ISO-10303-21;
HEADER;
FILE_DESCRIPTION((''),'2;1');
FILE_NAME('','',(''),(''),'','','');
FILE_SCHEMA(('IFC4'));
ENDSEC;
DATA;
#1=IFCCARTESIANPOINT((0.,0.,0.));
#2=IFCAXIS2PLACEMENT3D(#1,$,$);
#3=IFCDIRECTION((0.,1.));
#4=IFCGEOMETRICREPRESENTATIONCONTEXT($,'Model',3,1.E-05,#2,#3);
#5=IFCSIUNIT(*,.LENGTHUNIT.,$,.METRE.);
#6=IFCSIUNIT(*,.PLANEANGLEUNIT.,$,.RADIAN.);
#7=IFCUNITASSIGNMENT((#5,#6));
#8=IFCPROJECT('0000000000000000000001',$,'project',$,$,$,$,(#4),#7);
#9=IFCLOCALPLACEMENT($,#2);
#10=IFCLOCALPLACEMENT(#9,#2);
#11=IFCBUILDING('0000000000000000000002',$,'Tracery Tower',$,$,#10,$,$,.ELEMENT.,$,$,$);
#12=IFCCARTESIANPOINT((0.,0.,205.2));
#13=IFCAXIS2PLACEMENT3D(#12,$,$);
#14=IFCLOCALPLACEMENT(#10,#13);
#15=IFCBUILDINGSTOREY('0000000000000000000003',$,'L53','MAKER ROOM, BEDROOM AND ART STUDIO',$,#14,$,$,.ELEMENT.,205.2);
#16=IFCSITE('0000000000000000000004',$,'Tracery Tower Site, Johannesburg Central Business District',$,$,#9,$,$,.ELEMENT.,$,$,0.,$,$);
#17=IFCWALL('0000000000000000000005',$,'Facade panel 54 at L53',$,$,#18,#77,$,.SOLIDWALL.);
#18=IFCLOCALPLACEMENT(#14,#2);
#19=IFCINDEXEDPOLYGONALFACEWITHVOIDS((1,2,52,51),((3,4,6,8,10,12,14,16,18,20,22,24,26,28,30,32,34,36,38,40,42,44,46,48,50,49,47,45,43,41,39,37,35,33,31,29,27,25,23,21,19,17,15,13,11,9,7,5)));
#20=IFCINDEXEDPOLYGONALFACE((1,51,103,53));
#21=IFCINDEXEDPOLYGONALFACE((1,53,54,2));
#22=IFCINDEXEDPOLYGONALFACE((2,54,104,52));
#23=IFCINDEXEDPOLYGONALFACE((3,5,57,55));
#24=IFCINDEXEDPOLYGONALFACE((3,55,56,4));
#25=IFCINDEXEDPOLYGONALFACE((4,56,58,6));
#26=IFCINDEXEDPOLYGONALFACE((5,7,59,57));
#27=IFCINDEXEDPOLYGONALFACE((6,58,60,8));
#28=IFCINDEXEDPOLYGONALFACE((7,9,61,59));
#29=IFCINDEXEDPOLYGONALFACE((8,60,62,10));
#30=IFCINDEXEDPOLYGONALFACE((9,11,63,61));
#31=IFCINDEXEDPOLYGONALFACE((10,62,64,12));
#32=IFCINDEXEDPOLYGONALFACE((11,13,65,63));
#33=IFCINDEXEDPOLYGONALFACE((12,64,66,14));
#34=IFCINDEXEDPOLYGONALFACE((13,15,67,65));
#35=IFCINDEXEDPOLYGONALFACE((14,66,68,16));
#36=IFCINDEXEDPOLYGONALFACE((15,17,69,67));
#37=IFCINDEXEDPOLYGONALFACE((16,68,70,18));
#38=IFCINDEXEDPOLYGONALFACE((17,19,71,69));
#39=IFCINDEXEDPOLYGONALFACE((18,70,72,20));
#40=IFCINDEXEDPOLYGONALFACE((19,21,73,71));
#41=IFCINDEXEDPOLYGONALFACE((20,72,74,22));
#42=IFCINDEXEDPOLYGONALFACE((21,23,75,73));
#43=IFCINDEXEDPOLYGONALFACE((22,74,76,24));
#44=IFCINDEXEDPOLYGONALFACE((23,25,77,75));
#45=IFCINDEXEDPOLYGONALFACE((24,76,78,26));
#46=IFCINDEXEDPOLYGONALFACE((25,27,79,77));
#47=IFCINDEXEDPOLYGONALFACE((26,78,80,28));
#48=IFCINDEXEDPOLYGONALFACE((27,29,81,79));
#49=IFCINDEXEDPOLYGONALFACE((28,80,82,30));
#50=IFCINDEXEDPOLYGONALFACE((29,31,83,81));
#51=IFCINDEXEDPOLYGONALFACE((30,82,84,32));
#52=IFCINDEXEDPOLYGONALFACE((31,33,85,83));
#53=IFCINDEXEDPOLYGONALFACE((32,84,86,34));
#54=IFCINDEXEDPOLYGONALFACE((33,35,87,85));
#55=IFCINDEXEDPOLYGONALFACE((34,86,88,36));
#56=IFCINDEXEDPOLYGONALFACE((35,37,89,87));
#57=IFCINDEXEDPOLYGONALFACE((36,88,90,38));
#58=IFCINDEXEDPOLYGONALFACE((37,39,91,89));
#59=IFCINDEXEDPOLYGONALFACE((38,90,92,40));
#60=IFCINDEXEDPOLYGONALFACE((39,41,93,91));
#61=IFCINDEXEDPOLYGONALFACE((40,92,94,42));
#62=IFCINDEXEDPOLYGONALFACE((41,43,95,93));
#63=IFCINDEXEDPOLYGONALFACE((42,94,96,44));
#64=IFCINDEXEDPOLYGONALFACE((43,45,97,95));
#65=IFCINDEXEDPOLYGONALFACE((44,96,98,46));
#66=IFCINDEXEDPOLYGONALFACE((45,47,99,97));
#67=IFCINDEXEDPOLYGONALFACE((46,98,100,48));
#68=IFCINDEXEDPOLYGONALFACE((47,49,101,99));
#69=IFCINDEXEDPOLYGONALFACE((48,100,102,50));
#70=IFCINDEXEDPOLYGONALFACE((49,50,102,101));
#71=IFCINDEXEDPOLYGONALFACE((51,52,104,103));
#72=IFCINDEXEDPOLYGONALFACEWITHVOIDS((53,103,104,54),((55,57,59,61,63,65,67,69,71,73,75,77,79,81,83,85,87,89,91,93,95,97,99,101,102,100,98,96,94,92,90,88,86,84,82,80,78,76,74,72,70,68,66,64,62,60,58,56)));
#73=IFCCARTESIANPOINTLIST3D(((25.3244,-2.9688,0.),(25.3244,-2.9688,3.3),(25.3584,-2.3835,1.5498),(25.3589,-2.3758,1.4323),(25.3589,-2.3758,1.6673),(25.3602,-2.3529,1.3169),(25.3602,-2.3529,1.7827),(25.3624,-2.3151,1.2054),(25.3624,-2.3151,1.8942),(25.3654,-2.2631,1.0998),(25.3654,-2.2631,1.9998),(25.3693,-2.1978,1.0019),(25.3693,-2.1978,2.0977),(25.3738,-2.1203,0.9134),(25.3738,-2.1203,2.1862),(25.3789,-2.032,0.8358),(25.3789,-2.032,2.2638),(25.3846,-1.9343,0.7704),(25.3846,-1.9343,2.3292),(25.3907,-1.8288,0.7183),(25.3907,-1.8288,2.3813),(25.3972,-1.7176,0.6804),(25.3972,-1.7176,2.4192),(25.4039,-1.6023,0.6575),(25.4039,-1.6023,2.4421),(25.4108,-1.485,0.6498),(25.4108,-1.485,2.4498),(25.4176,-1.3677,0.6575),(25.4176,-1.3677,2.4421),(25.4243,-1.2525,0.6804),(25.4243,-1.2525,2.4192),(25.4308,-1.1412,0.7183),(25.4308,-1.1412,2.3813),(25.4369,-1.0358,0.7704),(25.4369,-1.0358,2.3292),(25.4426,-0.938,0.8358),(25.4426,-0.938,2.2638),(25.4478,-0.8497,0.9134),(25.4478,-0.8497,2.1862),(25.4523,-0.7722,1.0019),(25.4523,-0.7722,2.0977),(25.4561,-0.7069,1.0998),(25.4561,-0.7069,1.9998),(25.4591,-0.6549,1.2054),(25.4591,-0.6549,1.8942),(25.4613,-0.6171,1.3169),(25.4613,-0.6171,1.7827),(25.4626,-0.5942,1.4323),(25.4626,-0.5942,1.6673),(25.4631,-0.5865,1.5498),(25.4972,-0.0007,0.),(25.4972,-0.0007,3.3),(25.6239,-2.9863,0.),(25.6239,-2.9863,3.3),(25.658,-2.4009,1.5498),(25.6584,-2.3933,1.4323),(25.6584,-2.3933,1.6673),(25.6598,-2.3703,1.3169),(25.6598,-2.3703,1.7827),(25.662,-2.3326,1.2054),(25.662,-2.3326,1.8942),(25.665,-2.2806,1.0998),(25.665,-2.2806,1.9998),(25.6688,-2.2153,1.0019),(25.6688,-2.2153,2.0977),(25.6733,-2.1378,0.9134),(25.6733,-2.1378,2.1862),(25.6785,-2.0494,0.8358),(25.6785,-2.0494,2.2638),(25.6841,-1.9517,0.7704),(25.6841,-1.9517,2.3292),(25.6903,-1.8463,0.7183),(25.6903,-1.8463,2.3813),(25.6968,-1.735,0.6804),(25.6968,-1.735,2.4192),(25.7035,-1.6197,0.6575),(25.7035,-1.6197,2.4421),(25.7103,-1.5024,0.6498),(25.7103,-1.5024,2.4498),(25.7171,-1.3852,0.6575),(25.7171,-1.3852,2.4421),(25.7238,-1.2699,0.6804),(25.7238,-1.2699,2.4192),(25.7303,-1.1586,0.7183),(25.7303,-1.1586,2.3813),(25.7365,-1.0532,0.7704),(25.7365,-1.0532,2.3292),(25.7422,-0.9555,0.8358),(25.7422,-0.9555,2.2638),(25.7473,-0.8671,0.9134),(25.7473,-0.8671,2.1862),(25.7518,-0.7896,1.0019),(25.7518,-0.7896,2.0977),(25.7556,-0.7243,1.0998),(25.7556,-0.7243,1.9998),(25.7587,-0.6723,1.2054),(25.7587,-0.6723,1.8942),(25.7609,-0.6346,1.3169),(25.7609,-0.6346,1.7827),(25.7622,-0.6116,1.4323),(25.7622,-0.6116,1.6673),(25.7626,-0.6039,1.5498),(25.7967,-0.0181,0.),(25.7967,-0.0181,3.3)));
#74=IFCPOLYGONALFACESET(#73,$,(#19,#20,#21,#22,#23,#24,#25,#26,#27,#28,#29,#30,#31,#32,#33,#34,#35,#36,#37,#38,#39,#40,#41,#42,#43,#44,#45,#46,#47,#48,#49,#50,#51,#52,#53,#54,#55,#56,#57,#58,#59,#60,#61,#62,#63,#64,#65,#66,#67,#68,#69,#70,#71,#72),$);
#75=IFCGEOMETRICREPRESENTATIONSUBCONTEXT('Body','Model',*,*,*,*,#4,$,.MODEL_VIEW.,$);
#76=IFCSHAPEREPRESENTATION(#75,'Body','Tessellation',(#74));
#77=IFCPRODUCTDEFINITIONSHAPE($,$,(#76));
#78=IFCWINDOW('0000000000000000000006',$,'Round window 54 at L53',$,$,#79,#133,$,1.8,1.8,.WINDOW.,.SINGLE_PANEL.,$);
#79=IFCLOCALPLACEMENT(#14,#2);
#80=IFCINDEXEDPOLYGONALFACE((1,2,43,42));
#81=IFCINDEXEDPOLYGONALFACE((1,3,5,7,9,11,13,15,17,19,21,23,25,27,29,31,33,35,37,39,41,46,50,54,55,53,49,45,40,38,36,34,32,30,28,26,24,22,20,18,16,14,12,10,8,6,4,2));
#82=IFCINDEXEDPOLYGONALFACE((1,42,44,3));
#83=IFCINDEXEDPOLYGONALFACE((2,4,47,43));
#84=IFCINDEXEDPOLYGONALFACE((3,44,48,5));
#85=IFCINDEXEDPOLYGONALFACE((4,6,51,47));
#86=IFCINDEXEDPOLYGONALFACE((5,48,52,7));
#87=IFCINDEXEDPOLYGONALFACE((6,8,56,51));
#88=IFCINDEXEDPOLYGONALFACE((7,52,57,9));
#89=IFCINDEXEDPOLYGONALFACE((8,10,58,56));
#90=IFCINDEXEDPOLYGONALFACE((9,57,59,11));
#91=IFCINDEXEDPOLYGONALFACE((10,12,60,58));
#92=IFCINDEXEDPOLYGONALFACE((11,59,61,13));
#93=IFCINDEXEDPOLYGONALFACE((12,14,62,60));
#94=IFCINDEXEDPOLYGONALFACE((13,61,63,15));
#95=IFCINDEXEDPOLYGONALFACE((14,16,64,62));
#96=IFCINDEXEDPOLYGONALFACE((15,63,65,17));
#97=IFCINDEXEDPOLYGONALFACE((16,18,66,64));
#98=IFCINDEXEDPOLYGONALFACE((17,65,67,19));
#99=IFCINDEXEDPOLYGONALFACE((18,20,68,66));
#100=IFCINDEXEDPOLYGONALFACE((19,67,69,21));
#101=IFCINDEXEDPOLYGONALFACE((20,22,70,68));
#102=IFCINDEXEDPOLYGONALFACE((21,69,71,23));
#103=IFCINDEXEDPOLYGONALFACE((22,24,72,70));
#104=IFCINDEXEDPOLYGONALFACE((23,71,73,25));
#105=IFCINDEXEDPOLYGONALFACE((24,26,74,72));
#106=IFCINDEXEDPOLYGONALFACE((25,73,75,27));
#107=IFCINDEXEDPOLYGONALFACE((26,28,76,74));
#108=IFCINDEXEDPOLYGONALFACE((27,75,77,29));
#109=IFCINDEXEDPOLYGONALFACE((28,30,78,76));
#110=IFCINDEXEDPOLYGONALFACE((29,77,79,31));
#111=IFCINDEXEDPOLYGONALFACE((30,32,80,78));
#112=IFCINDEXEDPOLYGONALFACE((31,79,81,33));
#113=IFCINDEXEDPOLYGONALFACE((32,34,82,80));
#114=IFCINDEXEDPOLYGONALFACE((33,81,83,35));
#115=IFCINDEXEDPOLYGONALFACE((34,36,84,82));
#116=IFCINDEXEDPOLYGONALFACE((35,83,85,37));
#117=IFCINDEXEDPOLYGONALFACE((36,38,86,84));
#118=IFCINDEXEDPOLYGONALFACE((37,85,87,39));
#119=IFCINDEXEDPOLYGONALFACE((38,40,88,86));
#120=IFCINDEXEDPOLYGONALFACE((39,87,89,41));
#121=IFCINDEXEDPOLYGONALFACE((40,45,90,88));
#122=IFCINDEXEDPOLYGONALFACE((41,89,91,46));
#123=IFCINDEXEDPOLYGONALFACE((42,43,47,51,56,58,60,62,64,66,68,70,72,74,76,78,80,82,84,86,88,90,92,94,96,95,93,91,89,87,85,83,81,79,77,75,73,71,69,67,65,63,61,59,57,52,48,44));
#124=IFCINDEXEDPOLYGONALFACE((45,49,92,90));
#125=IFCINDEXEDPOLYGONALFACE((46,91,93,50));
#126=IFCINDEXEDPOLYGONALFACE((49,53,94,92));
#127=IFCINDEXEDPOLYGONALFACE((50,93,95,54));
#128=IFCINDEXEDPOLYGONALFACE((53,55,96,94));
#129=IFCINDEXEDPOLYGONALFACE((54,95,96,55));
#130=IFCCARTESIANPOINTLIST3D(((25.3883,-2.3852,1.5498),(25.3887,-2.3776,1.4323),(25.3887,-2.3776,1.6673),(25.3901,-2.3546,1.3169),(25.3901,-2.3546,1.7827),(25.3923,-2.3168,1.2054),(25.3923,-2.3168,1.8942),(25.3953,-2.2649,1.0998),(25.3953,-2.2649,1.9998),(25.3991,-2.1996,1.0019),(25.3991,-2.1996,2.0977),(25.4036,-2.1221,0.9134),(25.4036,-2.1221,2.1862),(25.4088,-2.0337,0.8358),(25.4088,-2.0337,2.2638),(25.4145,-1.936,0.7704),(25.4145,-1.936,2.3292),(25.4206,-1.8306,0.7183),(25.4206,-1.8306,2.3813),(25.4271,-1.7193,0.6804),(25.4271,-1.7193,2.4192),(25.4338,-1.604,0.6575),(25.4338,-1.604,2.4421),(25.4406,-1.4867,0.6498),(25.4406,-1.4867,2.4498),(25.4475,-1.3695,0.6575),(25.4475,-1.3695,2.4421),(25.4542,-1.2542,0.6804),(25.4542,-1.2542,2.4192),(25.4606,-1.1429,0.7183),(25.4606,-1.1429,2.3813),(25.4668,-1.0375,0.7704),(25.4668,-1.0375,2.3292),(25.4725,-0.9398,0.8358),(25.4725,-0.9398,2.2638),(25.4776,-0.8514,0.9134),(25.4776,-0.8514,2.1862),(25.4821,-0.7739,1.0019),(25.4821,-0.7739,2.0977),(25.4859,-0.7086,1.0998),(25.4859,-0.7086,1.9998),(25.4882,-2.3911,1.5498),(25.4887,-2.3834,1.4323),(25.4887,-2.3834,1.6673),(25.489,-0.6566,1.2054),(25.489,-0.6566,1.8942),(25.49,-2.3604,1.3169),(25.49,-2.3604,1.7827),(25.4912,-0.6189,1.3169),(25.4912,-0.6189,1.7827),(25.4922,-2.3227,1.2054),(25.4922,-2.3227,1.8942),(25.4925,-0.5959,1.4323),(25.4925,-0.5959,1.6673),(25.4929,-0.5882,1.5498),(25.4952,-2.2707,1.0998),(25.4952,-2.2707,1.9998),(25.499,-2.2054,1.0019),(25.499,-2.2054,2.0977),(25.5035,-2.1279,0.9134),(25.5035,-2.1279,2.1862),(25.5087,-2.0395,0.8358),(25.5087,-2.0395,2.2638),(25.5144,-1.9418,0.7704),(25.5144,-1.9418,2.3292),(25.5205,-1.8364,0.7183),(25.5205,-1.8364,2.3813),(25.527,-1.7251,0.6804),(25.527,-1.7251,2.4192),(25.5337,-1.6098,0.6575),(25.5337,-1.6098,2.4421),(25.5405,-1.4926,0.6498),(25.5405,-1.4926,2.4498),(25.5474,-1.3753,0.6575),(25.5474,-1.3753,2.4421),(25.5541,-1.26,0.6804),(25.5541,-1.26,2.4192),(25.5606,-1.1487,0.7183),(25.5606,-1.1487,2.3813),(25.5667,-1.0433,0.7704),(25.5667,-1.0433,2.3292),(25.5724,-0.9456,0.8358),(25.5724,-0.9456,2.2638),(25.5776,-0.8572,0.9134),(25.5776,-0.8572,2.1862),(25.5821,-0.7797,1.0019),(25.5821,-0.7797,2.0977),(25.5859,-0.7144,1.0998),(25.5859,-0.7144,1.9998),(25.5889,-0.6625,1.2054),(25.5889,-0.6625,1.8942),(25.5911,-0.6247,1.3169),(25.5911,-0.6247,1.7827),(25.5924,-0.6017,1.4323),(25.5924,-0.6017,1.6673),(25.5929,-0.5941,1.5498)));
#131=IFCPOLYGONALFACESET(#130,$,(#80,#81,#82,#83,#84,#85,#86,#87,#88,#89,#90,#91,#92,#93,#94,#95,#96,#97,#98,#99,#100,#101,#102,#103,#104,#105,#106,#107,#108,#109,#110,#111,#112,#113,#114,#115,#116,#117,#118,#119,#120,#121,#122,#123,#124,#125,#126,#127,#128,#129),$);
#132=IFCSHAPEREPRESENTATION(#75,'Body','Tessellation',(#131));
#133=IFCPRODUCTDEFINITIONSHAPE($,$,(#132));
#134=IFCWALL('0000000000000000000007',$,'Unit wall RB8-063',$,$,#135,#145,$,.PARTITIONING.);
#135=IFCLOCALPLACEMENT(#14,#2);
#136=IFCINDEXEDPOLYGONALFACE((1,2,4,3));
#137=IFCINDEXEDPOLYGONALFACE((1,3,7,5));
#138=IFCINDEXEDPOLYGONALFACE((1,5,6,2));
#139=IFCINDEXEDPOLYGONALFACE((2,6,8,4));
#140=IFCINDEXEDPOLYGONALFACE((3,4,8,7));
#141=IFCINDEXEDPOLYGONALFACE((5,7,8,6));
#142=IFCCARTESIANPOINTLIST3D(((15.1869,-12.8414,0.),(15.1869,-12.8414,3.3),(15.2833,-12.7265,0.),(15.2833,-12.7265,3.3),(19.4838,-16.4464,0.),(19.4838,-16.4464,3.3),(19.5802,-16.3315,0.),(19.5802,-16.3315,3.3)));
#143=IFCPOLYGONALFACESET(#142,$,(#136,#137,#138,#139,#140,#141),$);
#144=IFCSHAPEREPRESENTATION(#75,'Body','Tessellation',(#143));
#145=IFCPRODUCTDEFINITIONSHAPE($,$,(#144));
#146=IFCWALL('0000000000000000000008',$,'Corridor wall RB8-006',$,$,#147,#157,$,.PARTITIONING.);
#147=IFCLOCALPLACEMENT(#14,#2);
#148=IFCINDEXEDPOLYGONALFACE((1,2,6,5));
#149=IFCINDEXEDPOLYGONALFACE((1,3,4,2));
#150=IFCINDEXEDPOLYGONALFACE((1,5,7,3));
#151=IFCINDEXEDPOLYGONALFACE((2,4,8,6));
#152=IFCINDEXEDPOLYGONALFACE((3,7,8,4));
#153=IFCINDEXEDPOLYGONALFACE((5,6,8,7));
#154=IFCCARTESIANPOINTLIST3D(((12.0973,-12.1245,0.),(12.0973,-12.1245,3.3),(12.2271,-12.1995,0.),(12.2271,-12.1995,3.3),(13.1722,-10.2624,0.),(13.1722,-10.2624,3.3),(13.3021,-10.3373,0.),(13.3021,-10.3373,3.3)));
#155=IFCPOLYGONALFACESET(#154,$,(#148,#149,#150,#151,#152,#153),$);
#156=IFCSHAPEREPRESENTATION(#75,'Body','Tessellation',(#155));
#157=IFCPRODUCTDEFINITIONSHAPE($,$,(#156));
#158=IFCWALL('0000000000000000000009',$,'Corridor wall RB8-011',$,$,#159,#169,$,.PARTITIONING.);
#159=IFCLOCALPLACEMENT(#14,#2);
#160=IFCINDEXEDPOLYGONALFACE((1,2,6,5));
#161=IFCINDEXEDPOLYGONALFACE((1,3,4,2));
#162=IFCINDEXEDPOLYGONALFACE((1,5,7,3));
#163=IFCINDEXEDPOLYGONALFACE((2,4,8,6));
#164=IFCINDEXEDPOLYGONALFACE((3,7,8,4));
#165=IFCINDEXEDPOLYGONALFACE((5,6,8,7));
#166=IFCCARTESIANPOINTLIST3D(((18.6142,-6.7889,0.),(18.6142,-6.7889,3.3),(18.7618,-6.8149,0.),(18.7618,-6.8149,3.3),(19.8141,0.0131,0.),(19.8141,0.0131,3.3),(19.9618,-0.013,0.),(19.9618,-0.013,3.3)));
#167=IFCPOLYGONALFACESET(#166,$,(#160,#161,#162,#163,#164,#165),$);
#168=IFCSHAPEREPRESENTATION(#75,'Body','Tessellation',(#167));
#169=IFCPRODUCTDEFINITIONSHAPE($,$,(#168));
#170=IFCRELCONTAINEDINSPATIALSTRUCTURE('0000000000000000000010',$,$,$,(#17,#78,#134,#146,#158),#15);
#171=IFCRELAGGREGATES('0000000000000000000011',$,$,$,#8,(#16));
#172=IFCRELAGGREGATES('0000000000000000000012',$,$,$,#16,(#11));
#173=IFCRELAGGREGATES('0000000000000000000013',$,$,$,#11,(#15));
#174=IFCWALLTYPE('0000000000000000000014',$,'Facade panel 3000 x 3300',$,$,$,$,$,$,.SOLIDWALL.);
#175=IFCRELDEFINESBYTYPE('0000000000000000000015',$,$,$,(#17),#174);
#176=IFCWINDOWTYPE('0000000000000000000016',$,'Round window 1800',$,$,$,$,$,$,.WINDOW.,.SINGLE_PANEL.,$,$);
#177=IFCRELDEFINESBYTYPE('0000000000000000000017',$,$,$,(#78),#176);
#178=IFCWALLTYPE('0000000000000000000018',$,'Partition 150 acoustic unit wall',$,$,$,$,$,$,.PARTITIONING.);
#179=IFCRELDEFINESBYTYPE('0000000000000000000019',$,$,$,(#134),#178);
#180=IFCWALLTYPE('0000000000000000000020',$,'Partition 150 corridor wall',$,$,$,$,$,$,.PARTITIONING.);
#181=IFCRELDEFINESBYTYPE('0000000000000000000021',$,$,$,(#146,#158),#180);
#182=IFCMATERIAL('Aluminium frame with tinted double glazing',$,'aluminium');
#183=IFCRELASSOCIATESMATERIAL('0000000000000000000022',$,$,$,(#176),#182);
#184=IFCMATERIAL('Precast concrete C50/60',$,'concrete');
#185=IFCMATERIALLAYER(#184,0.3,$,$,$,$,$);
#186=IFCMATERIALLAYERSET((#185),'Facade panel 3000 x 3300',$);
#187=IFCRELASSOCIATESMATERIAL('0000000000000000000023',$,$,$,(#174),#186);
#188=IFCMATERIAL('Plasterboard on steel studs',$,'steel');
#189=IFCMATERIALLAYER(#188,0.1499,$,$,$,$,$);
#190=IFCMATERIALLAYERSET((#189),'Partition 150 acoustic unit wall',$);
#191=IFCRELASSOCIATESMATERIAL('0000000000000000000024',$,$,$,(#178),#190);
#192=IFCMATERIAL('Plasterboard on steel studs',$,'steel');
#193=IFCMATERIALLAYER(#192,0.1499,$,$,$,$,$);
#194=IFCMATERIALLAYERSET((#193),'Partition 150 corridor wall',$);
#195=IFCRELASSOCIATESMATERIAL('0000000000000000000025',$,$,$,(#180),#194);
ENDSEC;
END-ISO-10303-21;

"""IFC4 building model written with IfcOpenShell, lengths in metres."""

from ifc_helpers import new_model, si_unit, direction, frame, frame_2d, origin, origin_2d, place, context, subcontext, project, spatial, rectangle, circle, extrude, material, layer, layer_set, type_object, element, fill, save


model = new_model("IFC4")

# Units and contexts
model_context = context("Model", 3, precision=1e-05, world=origin(), true_north=direction((0.0, 1.0)))
body_context = subcontext(model_context, "Body", "Model", "MODEL_VIEW")
ifc_project = project(units=[si_unit("LENGTHUNIT", "METRE"), si_unit("PLANEANGLEUNIT", "RADIAN")], contexts=[model_context])

# Site, building, storey
site_placement = place(None, origin())
site = spatial("IfcSite", under=ifc_project, at=site_placement, Name="Tracery Tower Site, Johannesburg Central Business District", CompositionType="ELEMENT", RefElevation=0.0)
building_placement = place(site_placement, origin())
building = spatial("IfcBuilding", under=site, at=building_placement, Name="Tracery Tower", CompositionType="ELEMENT")
storey_placement = place(building_placement, frame((0.0, 0.0, 205.2)))
storey = spatial("IfcBuildingStorey", under=building, at=storey_placement, Name="L53", Description="MAKER ROOM, BEDROOM AND ART STUDIO", CompositionType="ELEMENT", Elevation=205.2)

# Wall, opening, window
ifc_material_1 = material(Name="Aluminium frame with tinted double glazing", Category="aluminium")
window_type = type_object("IfcWindowType", Name="Round window 1800", PartitioningType="SINGLE_PANEL", PredefinedType="WINDOW", material=ifc_material_1)
ifc_material_2 = material(Name="Precast concrete C50/60", Category="concrete")
ifc_layer_1 = layer(ifc_material_2, 0.3)
ifc_layer_set_1 = layer_set([ifc_layer_1], Name="Facade panel 3000 x 3300")
wall_type_1 = type_object("IfcWallType", Name="Facade panel 3000 x 3300", PredefinedType="SOLIDWALL", material=ifc_layer_set_1)
wall_1_placement = place(storey_placement, frame((25.4741, -2.9775, 0.0), z_axis=(0.0, 0.0, 1.0), x_axis=(0.05814, 0.998308, 0.0)))
wall_1 = element("IfcWall", 1, at=wall_1_placement, inside=storey, type_object=wall_type_1, Name="Facade panel 54 at L53", PredefinedType="SOLIDWALL", context=body_context, shape_type="SweptSolid", body=[
    extrude(rectangle(XDim=2.9731, YDim=0.3, at=frame_2d((1.4866, 0.0))), origin(), (0.0, 0.0, 1.0), 3.3),
])
opening_1_placement = place(wall_1_placement, frame((1.4863, 0.0, 1.5498)))
opening_1 = element("IfcOpeningElement", 2, at=opening_1_placement, cuts=wall_1, PredefinedType="OPENING", context=body_context, shape_type="SweptSolid", body=[
    extrude(circle(Radius=0.9, at=origin_2d()), frame((0.0, 0.1599, 0.0), z_axis=(0.0, -1.0, 0.0), x_axis=(1.0, 0.0, 0.0)), (0.0, 0.0, 1.0), 0.3201),
])
window_1_placement = place(opening_1_placement, origin())
window_1 = element("IfcWindow", 3, at=window_1_placement, inside=storey, type_object=window_type, Name="Round window 54 at L53", OverallHeight=1.8, OverallWidth=1.8, PartitioningType="SINGLE_PANEL", PredefinedType="WINDOW", context=body_context, shape_type="SweptSolid", body=[
    extrude(circle(Radius=0.9, at=origin_2d()), frame((0.0, 0.1201, 0.0), z_axis=(0.0, -1.0, 0.0), x_axis=(1.0, 0.0, 0.0)), (0.0, 0.0, 1.0), 0.1001),
])
fill(opening_1, window_1)

# Walls
ifc_material_3 = material(Name="Plasterboard on steel studs", Category="steel")
ifc_layer_2 = layer(ifc_material_3, 0.1499)
ifc_layer_set_2 = layer_set([ifc_layer_2], Name="Partition 150 acoustic unit wall")
wall_type_2 = type_object("IfcWallType", Name="Partition 150 acoustic unit wall", PredefinedType="PARTITIONING", material=ifc_layer_set_2)
wall_2_placement = place(storey_placement, frame((15.2351, -12.7839, 0.0), z_axis=(0.0, 0.0, 1.0), x_axis=(0.766091, -0.642733, 0.0)))
element("IfcWall", 4, at=wall_2_placement, inside=storey, type_object=wall_type_2, Name="Unit wall RB8-063", PredefinedType="PARTITIONING", context=body_context, shape_type="SweptSolid", body=[
    extrude(rectangle(XDim=5.6089, YDim=0.1499, at=frame_2d((2.8044, 0.0))), origin(), (0.0, 0.0, 1.0), 3.3),
])
ifc_material_4 = material(Name="Plasterboard on steel studs", Category="steel")
ifc_layer_3 = layer(ifc_material_4, 0.1499)
ifc_layer_set_3 = layer_set([ifc_layer_3], Name="Partition 150 corridor wall")
wall_type_3 = type_object("IfcWallType", Name="Partition 150 corridor wall", PredefinedType="PARTITIONING", material=ifc_layer_set_3)
wall_3_placement = place(storey_placement, frame((12.1621, -12.1621, 0.0), z_axis=(0.0, 0.0, 1.0), x_axis=(0.499962, 0.866048, 0.0)))
element("IfcWall", 5, at=wall_3_placement, inside=storey, type_object=wall_type_3, Name="Corridor wall RB8-006", PredefinedType="PARTITIONING", context=body_context, shape_type="SweptSolid", body=[
    extrude(rectangle(XDim=2.1501, YDim=0.1499, at=frame_2d((1.0752, 0.0))), origin(), (0.0, 0.0, 1.0), 3.3),
])
wall_4_placement = place(storey_placement, frame((18.688, -6.802, 0.0), z_axis=(0.0, 0.0, 1.0), x_axis=(0.173729, 0.984794, 0.0)))
element("IfcWall", 6, at=wall_4_placement, inside=storey, type_object=wall_type_3, Name="Corridor wall RB8-011", PredefinedType="PARTITIONING", context=body_context, shape_type="SweptSolid", body=[
    extrude(rectangle(XDim=6.907, YDim=0.1499, at=frame_2d((3.4536, 0.0))), origin(), (0.0, 0.0, 1.0), 3.3),
])

save(model, "model.ifc")
